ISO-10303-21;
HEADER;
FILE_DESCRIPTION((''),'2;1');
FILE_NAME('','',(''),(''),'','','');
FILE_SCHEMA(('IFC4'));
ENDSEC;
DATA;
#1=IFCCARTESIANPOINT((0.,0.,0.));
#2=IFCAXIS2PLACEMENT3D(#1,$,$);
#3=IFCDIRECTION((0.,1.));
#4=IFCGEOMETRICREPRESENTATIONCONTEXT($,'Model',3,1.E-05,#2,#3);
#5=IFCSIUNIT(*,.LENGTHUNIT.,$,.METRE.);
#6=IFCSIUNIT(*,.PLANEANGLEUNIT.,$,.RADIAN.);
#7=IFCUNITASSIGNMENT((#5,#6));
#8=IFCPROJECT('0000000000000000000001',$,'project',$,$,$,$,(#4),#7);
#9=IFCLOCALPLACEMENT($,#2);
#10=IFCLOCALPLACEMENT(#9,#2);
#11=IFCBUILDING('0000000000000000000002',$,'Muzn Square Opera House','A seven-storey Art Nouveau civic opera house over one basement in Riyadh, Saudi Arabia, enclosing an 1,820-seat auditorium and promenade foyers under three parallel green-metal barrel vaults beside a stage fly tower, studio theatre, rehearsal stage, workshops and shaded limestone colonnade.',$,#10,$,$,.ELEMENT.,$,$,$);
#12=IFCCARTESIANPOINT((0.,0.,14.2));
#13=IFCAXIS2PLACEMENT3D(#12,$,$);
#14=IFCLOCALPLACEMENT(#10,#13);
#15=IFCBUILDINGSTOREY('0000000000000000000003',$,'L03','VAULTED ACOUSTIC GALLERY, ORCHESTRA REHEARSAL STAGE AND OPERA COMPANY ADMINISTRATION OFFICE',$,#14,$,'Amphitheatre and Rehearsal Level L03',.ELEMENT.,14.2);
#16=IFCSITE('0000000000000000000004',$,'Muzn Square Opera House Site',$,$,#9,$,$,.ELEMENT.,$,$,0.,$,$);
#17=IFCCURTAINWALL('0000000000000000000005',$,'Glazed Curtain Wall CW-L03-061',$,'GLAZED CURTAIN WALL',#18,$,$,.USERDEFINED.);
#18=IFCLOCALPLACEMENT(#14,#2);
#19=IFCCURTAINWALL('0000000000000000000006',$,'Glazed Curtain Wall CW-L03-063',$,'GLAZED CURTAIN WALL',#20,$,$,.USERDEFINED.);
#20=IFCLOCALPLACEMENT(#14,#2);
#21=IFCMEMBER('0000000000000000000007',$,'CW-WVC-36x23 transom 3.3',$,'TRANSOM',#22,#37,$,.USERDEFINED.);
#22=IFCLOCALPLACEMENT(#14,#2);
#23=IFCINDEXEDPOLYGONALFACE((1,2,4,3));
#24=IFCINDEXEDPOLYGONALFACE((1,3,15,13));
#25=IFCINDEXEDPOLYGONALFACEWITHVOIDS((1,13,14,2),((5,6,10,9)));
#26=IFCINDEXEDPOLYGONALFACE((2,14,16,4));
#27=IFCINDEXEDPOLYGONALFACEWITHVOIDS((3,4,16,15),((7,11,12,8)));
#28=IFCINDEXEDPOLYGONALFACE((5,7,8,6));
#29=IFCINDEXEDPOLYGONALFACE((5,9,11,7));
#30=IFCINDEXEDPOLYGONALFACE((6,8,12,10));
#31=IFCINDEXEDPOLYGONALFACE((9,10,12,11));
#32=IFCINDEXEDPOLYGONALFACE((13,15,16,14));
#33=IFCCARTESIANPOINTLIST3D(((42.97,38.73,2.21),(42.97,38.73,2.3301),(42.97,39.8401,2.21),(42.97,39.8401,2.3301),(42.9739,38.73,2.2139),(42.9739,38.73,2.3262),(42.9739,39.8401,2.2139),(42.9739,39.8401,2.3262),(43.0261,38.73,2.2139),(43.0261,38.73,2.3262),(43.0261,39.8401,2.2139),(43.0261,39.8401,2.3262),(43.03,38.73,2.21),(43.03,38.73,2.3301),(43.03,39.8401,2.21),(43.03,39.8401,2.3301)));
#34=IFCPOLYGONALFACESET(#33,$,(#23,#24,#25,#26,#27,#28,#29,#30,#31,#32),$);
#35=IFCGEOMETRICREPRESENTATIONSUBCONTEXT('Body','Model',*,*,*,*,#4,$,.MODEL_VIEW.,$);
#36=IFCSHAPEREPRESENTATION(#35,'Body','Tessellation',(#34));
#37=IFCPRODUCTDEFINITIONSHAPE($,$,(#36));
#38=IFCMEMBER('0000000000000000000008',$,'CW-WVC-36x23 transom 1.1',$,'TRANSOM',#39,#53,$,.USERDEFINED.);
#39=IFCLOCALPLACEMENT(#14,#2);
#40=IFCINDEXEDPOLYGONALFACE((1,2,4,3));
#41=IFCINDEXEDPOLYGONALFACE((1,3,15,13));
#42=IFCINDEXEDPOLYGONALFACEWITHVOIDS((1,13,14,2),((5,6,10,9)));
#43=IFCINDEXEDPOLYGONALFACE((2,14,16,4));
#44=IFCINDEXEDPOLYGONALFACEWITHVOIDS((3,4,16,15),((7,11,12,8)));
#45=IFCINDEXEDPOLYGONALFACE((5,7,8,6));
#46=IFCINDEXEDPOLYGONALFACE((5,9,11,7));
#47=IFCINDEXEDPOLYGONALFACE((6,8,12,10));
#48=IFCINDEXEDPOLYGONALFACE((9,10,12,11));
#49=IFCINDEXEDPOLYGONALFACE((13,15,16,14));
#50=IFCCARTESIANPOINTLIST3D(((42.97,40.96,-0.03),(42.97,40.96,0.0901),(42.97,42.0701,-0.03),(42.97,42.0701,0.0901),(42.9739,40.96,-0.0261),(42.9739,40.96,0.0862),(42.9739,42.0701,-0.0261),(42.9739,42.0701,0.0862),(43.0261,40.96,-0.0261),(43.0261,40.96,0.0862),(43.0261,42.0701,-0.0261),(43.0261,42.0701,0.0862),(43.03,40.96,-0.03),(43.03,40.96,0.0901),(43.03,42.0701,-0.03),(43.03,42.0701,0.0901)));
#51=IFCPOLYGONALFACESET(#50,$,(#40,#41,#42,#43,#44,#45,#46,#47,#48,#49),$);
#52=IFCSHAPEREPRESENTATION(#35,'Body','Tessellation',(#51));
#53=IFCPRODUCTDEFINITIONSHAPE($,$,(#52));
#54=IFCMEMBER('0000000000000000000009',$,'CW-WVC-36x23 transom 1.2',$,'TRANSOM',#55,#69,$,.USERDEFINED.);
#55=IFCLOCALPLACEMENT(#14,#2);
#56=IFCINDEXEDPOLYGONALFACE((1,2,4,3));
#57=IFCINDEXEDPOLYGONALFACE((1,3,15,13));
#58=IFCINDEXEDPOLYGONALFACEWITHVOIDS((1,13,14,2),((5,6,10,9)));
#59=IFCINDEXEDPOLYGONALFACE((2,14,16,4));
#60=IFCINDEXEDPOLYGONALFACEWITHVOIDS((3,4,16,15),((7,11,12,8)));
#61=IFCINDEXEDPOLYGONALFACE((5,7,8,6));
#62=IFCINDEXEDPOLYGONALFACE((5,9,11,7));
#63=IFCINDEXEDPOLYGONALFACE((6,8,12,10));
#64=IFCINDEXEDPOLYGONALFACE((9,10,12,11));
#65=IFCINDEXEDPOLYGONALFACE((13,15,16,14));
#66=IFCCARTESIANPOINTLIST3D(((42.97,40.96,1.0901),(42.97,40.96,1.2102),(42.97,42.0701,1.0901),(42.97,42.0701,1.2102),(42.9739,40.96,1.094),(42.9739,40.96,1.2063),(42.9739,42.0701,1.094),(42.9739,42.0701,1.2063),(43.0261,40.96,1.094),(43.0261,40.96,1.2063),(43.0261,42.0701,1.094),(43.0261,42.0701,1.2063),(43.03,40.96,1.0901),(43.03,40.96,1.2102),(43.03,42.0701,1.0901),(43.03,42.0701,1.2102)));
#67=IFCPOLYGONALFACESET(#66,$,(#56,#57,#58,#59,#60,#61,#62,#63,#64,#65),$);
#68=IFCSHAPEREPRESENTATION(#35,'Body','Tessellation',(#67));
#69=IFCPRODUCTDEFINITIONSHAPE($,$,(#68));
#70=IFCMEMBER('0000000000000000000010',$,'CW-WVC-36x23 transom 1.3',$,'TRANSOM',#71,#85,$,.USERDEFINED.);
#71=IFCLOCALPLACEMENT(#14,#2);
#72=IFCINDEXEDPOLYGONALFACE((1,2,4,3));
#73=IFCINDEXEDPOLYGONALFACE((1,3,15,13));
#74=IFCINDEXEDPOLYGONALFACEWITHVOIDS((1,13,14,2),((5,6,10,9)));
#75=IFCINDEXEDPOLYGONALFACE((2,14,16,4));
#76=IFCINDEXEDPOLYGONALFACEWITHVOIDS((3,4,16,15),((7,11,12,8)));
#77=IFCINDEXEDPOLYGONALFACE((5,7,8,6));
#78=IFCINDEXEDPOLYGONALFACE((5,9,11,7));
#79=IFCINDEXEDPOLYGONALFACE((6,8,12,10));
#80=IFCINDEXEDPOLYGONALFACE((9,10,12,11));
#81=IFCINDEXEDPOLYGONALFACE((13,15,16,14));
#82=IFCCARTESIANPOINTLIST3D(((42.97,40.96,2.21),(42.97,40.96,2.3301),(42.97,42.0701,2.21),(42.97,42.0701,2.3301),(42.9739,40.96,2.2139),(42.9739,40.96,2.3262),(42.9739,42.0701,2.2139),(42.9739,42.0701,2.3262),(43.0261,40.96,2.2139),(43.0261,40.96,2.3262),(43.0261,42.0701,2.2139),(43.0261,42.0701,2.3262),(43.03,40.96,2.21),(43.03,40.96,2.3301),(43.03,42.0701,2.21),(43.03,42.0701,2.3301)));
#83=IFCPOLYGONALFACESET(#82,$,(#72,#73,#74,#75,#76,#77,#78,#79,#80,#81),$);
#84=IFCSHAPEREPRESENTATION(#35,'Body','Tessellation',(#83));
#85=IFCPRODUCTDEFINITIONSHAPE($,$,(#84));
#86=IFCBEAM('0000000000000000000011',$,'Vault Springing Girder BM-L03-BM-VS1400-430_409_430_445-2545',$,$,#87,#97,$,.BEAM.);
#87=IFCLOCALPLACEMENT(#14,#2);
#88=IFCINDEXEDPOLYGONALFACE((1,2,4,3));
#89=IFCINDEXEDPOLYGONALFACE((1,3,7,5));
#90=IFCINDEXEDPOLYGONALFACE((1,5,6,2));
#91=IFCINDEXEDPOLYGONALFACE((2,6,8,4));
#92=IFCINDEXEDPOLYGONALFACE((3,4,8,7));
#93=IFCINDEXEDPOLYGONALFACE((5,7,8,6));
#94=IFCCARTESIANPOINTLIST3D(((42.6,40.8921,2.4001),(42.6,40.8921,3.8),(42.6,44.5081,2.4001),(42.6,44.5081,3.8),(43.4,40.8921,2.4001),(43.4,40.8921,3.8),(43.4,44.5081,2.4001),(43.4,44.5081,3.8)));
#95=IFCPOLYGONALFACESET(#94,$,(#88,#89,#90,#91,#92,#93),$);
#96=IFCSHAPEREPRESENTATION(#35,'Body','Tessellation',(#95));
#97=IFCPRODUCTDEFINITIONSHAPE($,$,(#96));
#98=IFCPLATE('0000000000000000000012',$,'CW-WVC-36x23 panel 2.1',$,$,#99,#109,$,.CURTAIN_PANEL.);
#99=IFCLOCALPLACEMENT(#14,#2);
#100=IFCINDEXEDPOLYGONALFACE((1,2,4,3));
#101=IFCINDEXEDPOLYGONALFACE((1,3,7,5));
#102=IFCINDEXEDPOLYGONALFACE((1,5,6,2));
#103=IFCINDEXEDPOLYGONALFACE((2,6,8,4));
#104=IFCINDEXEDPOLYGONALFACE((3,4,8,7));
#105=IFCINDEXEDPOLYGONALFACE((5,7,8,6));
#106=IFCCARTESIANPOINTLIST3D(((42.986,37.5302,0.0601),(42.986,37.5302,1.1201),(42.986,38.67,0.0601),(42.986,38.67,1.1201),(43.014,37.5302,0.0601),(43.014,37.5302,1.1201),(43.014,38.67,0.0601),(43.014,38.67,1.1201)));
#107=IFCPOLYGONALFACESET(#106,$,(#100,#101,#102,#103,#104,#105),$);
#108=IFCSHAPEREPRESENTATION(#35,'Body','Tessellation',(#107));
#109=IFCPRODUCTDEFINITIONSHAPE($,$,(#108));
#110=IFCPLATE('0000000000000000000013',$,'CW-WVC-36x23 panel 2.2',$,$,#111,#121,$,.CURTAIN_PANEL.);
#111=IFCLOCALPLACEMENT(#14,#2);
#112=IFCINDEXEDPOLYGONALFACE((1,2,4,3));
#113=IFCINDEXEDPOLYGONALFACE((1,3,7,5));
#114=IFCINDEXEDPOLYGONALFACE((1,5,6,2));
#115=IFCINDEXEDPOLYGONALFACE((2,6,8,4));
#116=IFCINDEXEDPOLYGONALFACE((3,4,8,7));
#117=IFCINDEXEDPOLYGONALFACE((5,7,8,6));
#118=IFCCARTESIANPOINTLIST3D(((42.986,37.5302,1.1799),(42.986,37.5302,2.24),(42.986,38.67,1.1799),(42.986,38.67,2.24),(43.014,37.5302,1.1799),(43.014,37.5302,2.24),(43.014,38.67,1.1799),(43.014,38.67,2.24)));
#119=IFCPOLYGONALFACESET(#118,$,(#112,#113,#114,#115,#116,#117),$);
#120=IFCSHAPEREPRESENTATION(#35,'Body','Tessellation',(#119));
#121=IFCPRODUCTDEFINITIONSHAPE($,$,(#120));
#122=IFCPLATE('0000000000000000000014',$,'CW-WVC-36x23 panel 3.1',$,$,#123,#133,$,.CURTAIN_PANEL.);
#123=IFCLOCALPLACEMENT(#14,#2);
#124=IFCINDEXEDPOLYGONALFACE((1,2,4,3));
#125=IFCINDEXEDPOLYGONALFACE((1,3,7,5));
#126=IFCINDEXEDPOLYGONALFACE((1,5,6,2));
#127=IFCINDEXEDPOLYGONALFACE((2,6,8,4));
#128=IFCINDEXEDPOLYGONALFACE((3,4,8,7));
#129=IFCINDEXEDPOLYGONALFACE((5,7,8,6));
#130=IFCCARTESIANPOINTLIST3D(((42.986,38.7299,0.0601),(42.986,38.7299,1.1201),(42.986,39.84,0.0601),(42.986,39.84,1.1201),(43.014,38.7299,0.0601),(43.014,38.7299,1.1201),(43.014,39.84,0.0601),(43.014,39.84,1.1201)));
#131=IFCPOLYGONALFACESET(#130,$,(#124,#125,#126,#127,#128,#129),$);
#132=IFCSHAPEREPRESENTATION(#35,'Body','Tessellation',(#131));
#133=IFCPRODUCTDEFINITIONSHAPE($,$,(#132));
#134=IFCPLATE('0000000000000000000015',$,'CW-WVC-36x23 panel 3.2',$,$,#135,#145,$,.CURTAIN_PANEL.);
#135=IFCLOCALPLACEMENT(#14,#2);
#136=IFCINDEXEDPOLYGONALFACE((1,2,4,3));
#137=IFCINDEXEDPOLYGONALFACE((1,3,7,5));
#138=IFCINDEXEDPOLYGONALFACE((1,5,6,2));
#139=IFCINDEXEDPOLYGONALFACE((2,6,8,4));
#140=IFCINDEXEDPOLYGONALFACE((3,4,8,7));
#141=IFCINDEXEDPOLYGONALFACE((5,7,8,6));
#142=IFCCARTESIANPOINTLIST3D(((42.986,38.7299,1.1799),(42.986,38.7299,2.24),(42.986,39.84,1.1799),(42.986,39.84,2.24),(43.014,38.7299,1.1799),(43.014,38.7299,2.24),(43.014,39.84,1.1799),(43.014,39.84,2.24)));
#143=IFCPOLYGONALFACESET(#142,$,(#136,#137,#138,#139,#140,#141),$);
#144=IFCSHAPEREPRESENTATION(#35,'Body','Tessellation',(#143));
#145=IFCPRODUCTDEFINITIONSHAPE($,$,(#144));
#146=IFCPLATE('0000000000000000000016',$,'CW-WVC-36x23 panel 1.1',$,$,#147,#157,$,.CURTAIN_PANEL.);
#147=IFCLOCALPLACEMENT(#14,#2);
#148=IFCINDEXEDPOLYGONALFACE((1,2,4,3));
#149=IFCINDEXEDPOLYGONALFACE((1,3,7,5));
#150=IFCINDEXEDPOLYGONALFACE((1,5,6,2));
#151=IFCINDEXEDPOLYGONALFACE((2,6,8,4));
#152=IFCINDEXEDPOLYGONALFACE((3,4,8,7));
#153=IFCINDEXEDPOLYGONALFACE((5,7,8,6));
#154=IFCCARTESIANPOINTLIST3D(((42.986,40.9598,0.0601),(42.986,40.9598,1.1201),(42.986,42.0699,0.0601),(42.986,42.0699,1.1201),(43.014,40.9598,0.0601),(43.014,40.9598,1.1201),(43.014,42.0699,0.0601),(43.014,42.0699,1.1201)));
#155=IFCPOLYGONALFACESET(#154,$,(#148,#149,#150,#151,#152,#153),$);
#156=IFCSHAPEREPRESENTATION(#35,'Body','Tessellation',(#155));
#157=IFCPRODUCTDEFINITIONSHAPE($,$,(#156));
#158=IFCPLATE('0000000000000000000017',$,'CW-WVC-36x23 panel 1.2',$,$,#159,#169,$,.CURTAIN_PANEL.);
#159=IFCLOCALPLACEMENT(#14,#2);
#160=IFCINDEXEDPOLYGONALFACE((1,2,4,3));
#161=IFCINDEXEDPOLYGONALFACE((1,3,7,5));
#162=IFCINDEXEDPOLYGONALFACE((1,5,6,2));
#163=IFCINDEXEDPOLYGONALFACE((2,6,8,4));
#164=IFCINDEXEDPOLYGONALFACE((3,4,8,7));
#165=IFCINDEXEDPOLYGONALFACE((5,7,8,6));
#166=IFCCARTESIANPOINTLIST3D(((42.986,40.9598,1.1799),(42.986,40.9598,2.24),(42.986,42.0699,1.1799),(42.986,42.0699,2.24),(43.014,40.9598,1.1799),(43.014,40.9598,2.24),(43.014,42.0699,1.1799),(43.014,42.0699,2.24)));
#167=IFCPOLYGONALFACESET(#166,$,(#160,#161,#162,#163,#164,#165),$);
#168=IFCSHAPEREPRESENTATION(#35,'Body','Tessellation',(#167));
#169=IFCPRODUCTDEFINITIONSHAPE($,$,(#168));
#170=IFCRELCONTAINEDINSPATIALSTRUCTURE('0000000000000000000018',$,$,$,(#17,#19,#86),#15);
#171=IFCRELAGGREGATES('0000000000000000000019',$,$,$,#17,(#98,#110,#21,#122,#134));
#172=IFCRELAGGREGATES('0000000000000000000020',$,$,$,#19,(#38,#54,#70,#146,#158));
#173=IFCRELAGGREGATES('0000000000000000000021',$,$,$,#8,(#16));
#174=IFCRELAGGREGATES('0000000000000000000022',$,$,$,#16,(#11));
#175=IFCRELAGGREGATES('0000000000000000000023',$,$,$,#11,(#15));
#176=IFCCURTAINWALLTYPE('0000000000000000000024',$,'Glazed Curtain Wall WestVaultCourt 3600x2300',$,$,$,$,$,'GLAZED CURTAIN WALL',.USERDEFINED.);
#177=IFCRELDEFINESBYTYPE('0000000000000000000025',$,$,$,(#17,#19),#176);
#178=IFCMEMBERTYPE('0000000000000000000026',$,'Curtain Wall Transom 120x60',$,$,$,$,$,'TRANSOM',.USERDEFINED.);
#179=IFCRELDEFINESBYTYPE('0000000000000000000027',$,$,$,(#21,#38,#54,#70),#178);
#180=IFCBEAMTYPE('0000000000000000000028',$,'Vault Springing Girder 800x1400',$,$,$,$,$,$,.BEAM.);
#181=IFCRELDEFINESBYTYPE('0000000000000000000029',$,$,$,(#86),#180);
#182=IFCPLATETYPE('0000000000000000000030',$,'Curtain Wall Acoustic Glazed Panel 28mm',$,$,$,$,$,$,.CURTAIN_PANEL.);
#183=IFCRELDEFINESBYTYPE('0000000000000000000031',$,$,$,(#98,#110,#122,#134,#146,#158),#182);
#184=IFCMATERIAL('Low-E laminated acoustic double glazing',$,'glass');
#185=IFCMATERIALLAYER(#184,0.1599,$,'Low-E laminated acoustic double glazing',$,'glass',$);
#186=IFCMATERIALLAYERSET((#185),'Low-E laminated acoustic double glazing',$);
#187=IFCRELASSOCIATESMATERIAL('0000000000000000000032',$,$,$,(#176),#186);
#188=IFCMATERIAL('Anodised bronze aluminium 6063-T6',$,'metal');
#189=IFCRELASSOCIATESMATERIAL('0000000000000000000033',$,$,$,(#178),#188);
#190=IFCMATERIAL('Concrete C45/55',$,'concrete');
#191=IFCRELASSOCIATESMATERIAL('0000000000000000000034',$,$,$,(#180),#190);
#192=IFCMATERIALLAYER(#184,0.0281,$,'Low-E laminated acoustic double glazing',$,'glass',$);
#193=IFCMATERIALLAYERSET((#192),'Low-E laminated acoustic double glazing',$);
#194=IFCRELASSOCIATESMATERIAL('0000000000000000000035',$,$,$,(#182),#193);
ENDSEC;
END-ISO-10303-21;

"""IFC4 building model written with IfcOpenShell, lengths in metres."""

from ifc_helpers import new_model, si_unit, direction, frame, origin, origin_2d, place, context, subcontext, project, spatial, rectangle, hollow_rectangle, extrude, material, layer, layer_set, material_profile, profile_set, type_object, element, aggregate, save


model = new_model("IFC4")

# Units and contexts
model_context = context("Model", 3, precision=1e-05, world=origin(), true_north=direction((0.0, 1.0)))
body_context = subcontext(model_context, "Body", "Model", "MODEL_VIEW")
ifc_project = project(units=[si_unit("LENGTHUNIT", "METRE"), si_unit("PLANEANGLEUNIT", "RADIAN")], contexts=[model_context])

# Site, building, storey
site_placement = place(None, origin())
site = spatial("IfcSite", under=ifc_project, at=site_placement, Name="Muzn Square Opera House Site", CompositionType="ELEMENT", RefElevation=0.0)
building_placement = place(site_placement, origin())
building = spatial("IfcBuilding", under=site, at=building_placement, Name="Muzn Square Opera House", Description="A seven-storey Art Nouveau civic opera house over one basement in Riyadh, Saudi Arabia, enclosing an 1,820-seat auditorium and promenade foyers under three parallel green-metal barrel vaults beside a stage fly tower, studio theatre, rehearsal stage, workshops and shaded limestone colonnade.", CompositionType="ELEMENT")
storey_placement = place(building_placement, frame((0.0, 0.0, 14.2)))
storey = spatial("IfcBuildingStorey", under=building, at=storey_placement, Name="L03", Description="VAULTED ACOUSTIC GALLERY, ORCHESTRA REHEARSAL STAGE AND OPERA COMPANY ADMINISTRATION OFFICE", LongName="Amphitheatre and Rehearsal Level L03", CompositionType="ELEMENT", Elevation=14.2)

# Shared definitions
ifc_material_1 = material(Name="Concrete C45/55", Category="concrete")

# Curtain walls
ifc_material_2 = material(Name="Low-E laminated acoustic double glazing", Category="glass")
ifc_layer_1 = layer(ifc_material_2, 0.1599, Name="Low-E laminated acoustic double glazing", Category="glass")
ifc_layer_set_1 = layer_set([ifc_layer_1], Name="Low-E laminated acoustic double glazing")
curtain_wall_type = type_object("IfcCurtainWallType", Name="Glazed Curtain Wall WestVaultCourt 3600x2300", ElementType="GLAZED CURTAIN WALL", PredefinedType="USERDEFINED", material=ifc_layer_set_1)
curtain_wall_1_placement = place(storey_placement, origin())
curtain_wall_1 = element("IfcCurtainWall", 1, at=curtain_wall_1_placement, inside=storey, type_object=curtain_wall_type, Name="Glazed Curtain Wall CW-L03-061", ObjectType="GLAZED CURTAIN WALL", PredefinedType="USERDEFINED")
ifc_material_3 = material(Name="Anodised bronze aluminium 6063-T6", Category="metal")
curtain_wall_2_placement = place(storey_placement, origin())
curtain_wall_2 = element("IfcCurtainWall", 2, at=curtain_wall_2_placement, inside=storey, type_object=curtain_wall_type, Name="Glazed Curtain Wall CW-L03-063", ObjectType="GLAZED CURTAIN WALL", PredefinedType="USERDEFINED")

# Members
ifc_material_profile_1 = material_profile(ifc_material_3, hollow_rectangle(XDim=0.0601, YDim=0.1201, WallThickness=0.0039, at=origin_2d()), Name="ALU 120x60x4", Category="metal")
ifc_profile_set_1 = profile_set([ifc_material_profile_1], Name="Anodised bronze aluminium 6063-T6")
member_type_1 = type_object("IfcMemberType", Name="Curtain Wall Transom 120x60", ElementType="TRANSOM", PredefinedType="USERDEFINED", material=ifc_profile_set_1)
member_1_placement = place(storey_placement, frame((43.0, 38.73, 2.27), z_axis=(0.0, 1.0, 0.0), x_axis=(-1.0, 0.0, 0.0)))
member_1 = element("IfcMember", 3, at=member_1_placement, type_object=member_type_1, Name="CW-WVC-36x23 transom 3.3", ObjectType="TRANSOM", PredefinedType="USERDEFINED", context=body_context, shape_type="SweptSolid", body=[
    extrude(hollow_rectangle(XDim=0.0601, YDim=0.1201, WallThickness=0.0039, at=origin_2d()), origin(), (0.0, 0.0, 1.0), 1.1101),
])
member_2_placement = place(storey_placement, frame((43.0, 40.96, 0.03), z_axis=(0.0, 1.0, 0.0), x_axis=(-1.0, 0.0, 0.0)))
member_2 = element("IfcMember", 4, at=member_2_placement, type_object=member_type_1, Name="CW-WVC-36x23 transom 1.1", ObjectType="TRANSOM", PredefinedType="USERDEFINED", context=body_context, shape_type="SweptSolid", body=[
    extrude(hollow_rectangle(XDim=0.0601, YDim=0.1201, WallThickness=0.0039, at=origin_2d()), origin(), (0.0, 0.0, 1.0), 1.1101),
])
member_3_placement = place(storey_placement, frame((43.0, 40.96, 1.1501), z_axis=(0.0, 1.0, 0.0), x_axis=(-1.0, 0.0, 0.0)))
member_3 = element("IfcMember", 5, at=member_3_placement, type_object=member_type_1, Name="CW-WVC-36x23 transom 1.2", ObjectType="TRANSOM", PredefinedType="USERDEFINED", context=body_context, shape_type="SweptSolid", body=[
    extrude(hollow_rectangle(XDim=0.0601, YDim=0.1201, WallThickness=0.0039, at=origin_2d()), origin(), (0.0, 0.0, 1.0), 1.1101),
])
member_4_placement = place(storey_placement, frame((43.0, 40.96, 2.27), z_axis=(0.0, 1.0, 0.0), x_axis=(-1.0, 0.0, 0.0)))
member_4 = element("IfcMember", 6, at=member_4_placement, type_object=member_type_1, Name="CW-WVC-36x23 transom 1.3", ObjectType="TRANSOM", PredefinedType="USERDEFINED", context=body_context, shape_type="SweptSolid", body=[
    extrude(hollow_rectangle(XDim=0.0601, YDim=0.1201, WallThickness=0.0039, at=origin_2d()), origin(), (0.0, 0.0, 1.0), 1.1101),
])

# Beam
ifc_material_profile_2 = material_profile(ifc_material_1, rectangle(XDim=0.8, YDim=1.3999, at=origin_2d()), Name="RCB 800x1400", Category="concrete")
ifc_profile_set_2 = profile_set([ifc_material_profile_2], Name="Concrete C45/55")
beam_type = type_object("IfcBeamType", Name="Vault Springing Girder 800x1400", PredefinedType="BEAM", material=ifc_profile_set_2)
beam_placement = place(storey_placement, frame((43.0, 40.8921, 3.1001), z_axis=(0.0, 1.0, 0.0), x_axis=(-1.0, 0.0, 0.0)))
element("IfcBeam", 7, at=beam_placement, inside=storey, type_object=beam_type, Name="Vault Springing Girder BM-L03-BM-VS1400-430_409_430_445-2545", PredefinedType="BEAM", context=body_context, shape_type="SweptSolid", body=[
    extrude(rectangle(XDim=0.8, YDim=1.3999, at=origin_2d()), origin(), (0.0, 0.0, 1.0), 3.616),
])

# Plates
ifc_layer_2 = layer(ifc_material_2, 0.0281, Name="Low-E laminated acoustic double glazing", Category="glass")
ifc_layer_set_2 = layer_set([ifc_layer_2], Name="Low-E laminated acoustic double glazing")
plate_type = type_object("IfcPlateType", Name="Curtain Wall Acoustic Glazed Panel 28mm", PredefinedType="CURTAIN_PANEL", material=ifc_layer_set_2)
plate_1_placement = place(storey_placement, frame((43.0, 38.1001, 0.0601), z_axis=(0.0, 0.0, 1.0), x_axis=(0.0, 1.0, 0.0)))
plate_1 = element("IfcPlate", 8, at=plate_1_placement, type_object=plate_type, Name="CW-WVC-36x23 panel 2.1", PredefinedType="CURTAIN_PANEL", context=body_context, shape_type="SweptSolid", body=[
    extrude(rectangle(XDim=1.1399, YDim=0.0281, at=origin_2d()), origin(), (0.0, 0.0, 1.0), 1.0601),
])
plate_2_placement = place(storey_placement, frame((43.0, 38.1001, 1.1799), z_axis=(0.0, 0.0, 1.0), x_axis=(0.0, 1.0, 0.0)))
plate_2 = element("IfcPlate", 9, at=plate_2_placement, type_object=plate_type, Name="CW-WVC-36x23 panel 2.2", PredefinedType="CURTAIN_PANEL", context=body_context, shape_type="SweptSolid", body=[
    extrude(rectangle(XDim=1.1399, YDim=0.0281, at=origin_2d()), origin(), (0.0, 0.0, 1.0), 1.0601),
])
plate_3_placement = place(storey_placement, frame((43.0, 39.2849, 0.0601), z_axis=(0.0, 0.0, 1.0), x_axis=(0.0, 1.0, 0.0)))
plate_3 = element("IfcPlate", 10, at=plate_3_placement, type_object=plate_type, Name="CW-WVC-36x23 panel 3.1", PredefinedType="CURTAIN_PANEL", context=body_context, shape_type="SweptSolid", body=[
    extrude(rectangle(XDim=1.1101, YDim=0.0281, at=origin_2d()), origin(), (0.0, 0.0, 1.0), 1.0601),
])
plate_4_placement = place(storey_placement, frame((43.0, 39.2849, 1.1799), z_axis=(0.0, 0.0, 1.0), x_axis=(0.0, 1.0, 0.0)))
plate_4 = element("IfcPlate", 11, at=plate_4_placement, type_object=plate_type, Name="CW-WVC-36x23 panel 3.2", PredefinedType="CURTAIN_PANEL", context=body_context, shape_type="SweptSolid", body=[
    extrude(rectangle(XDim=1.1101, YDim=0.0281, at=origin_2d()), origin(), (0.0, 0.0, 1.0), 1.0601),
])
aggregate(curtain_wall_1, [plate_1, plate_2, member_1, plate_3, plate_4])
plate_5_placement = place(storey_placement, frame((43.0, 41.5149, 0.0601), z_axis=(0.0, 0.0, 1.0), x_axis=(0.0, 1.0, 0.0)))
plate_5 = element("IfcPlate", 12, at=plate_5_placement, type_object=plate_type, Name="CW-WVC-36x23 panel 1.1", PredefinedType="CURTAIN_PANEL", context=body_context, shape_type="SweptSolid", body=[
    extrude(rectangle(XDim=1.1101, YDim=0.0281, at=origin_2d()), origin(), (0.0, 0.0, 1.0), 1.0601),
])
plate_6_placement = place(storey_placement, frame((43.0, 41.5149, 1.1799), z_axis=(0.0, 0.0, 1.0), x_axis=(0.0, 1.0, 0.0)))
plate_6 = element("IfcPlate", 13, at=plate_6_placement, type_object=plate_type, Name="CW-WVC-36x23 panel 1.2", PredefinedType="CURTAIN_PANEL", context=body_context, shape_type="SweptSolid", body=[
    extrude(rectangle(XDim=1.1101, YDim=0.0281, at=origin_2d()), origin(), (0.0, 0.0, 1.0), 1.0601),
])
aggregate(curtain_wall_2, [member_2, member_3, member_4, plate_5, plate_6])

save(model, "model.ifc")
